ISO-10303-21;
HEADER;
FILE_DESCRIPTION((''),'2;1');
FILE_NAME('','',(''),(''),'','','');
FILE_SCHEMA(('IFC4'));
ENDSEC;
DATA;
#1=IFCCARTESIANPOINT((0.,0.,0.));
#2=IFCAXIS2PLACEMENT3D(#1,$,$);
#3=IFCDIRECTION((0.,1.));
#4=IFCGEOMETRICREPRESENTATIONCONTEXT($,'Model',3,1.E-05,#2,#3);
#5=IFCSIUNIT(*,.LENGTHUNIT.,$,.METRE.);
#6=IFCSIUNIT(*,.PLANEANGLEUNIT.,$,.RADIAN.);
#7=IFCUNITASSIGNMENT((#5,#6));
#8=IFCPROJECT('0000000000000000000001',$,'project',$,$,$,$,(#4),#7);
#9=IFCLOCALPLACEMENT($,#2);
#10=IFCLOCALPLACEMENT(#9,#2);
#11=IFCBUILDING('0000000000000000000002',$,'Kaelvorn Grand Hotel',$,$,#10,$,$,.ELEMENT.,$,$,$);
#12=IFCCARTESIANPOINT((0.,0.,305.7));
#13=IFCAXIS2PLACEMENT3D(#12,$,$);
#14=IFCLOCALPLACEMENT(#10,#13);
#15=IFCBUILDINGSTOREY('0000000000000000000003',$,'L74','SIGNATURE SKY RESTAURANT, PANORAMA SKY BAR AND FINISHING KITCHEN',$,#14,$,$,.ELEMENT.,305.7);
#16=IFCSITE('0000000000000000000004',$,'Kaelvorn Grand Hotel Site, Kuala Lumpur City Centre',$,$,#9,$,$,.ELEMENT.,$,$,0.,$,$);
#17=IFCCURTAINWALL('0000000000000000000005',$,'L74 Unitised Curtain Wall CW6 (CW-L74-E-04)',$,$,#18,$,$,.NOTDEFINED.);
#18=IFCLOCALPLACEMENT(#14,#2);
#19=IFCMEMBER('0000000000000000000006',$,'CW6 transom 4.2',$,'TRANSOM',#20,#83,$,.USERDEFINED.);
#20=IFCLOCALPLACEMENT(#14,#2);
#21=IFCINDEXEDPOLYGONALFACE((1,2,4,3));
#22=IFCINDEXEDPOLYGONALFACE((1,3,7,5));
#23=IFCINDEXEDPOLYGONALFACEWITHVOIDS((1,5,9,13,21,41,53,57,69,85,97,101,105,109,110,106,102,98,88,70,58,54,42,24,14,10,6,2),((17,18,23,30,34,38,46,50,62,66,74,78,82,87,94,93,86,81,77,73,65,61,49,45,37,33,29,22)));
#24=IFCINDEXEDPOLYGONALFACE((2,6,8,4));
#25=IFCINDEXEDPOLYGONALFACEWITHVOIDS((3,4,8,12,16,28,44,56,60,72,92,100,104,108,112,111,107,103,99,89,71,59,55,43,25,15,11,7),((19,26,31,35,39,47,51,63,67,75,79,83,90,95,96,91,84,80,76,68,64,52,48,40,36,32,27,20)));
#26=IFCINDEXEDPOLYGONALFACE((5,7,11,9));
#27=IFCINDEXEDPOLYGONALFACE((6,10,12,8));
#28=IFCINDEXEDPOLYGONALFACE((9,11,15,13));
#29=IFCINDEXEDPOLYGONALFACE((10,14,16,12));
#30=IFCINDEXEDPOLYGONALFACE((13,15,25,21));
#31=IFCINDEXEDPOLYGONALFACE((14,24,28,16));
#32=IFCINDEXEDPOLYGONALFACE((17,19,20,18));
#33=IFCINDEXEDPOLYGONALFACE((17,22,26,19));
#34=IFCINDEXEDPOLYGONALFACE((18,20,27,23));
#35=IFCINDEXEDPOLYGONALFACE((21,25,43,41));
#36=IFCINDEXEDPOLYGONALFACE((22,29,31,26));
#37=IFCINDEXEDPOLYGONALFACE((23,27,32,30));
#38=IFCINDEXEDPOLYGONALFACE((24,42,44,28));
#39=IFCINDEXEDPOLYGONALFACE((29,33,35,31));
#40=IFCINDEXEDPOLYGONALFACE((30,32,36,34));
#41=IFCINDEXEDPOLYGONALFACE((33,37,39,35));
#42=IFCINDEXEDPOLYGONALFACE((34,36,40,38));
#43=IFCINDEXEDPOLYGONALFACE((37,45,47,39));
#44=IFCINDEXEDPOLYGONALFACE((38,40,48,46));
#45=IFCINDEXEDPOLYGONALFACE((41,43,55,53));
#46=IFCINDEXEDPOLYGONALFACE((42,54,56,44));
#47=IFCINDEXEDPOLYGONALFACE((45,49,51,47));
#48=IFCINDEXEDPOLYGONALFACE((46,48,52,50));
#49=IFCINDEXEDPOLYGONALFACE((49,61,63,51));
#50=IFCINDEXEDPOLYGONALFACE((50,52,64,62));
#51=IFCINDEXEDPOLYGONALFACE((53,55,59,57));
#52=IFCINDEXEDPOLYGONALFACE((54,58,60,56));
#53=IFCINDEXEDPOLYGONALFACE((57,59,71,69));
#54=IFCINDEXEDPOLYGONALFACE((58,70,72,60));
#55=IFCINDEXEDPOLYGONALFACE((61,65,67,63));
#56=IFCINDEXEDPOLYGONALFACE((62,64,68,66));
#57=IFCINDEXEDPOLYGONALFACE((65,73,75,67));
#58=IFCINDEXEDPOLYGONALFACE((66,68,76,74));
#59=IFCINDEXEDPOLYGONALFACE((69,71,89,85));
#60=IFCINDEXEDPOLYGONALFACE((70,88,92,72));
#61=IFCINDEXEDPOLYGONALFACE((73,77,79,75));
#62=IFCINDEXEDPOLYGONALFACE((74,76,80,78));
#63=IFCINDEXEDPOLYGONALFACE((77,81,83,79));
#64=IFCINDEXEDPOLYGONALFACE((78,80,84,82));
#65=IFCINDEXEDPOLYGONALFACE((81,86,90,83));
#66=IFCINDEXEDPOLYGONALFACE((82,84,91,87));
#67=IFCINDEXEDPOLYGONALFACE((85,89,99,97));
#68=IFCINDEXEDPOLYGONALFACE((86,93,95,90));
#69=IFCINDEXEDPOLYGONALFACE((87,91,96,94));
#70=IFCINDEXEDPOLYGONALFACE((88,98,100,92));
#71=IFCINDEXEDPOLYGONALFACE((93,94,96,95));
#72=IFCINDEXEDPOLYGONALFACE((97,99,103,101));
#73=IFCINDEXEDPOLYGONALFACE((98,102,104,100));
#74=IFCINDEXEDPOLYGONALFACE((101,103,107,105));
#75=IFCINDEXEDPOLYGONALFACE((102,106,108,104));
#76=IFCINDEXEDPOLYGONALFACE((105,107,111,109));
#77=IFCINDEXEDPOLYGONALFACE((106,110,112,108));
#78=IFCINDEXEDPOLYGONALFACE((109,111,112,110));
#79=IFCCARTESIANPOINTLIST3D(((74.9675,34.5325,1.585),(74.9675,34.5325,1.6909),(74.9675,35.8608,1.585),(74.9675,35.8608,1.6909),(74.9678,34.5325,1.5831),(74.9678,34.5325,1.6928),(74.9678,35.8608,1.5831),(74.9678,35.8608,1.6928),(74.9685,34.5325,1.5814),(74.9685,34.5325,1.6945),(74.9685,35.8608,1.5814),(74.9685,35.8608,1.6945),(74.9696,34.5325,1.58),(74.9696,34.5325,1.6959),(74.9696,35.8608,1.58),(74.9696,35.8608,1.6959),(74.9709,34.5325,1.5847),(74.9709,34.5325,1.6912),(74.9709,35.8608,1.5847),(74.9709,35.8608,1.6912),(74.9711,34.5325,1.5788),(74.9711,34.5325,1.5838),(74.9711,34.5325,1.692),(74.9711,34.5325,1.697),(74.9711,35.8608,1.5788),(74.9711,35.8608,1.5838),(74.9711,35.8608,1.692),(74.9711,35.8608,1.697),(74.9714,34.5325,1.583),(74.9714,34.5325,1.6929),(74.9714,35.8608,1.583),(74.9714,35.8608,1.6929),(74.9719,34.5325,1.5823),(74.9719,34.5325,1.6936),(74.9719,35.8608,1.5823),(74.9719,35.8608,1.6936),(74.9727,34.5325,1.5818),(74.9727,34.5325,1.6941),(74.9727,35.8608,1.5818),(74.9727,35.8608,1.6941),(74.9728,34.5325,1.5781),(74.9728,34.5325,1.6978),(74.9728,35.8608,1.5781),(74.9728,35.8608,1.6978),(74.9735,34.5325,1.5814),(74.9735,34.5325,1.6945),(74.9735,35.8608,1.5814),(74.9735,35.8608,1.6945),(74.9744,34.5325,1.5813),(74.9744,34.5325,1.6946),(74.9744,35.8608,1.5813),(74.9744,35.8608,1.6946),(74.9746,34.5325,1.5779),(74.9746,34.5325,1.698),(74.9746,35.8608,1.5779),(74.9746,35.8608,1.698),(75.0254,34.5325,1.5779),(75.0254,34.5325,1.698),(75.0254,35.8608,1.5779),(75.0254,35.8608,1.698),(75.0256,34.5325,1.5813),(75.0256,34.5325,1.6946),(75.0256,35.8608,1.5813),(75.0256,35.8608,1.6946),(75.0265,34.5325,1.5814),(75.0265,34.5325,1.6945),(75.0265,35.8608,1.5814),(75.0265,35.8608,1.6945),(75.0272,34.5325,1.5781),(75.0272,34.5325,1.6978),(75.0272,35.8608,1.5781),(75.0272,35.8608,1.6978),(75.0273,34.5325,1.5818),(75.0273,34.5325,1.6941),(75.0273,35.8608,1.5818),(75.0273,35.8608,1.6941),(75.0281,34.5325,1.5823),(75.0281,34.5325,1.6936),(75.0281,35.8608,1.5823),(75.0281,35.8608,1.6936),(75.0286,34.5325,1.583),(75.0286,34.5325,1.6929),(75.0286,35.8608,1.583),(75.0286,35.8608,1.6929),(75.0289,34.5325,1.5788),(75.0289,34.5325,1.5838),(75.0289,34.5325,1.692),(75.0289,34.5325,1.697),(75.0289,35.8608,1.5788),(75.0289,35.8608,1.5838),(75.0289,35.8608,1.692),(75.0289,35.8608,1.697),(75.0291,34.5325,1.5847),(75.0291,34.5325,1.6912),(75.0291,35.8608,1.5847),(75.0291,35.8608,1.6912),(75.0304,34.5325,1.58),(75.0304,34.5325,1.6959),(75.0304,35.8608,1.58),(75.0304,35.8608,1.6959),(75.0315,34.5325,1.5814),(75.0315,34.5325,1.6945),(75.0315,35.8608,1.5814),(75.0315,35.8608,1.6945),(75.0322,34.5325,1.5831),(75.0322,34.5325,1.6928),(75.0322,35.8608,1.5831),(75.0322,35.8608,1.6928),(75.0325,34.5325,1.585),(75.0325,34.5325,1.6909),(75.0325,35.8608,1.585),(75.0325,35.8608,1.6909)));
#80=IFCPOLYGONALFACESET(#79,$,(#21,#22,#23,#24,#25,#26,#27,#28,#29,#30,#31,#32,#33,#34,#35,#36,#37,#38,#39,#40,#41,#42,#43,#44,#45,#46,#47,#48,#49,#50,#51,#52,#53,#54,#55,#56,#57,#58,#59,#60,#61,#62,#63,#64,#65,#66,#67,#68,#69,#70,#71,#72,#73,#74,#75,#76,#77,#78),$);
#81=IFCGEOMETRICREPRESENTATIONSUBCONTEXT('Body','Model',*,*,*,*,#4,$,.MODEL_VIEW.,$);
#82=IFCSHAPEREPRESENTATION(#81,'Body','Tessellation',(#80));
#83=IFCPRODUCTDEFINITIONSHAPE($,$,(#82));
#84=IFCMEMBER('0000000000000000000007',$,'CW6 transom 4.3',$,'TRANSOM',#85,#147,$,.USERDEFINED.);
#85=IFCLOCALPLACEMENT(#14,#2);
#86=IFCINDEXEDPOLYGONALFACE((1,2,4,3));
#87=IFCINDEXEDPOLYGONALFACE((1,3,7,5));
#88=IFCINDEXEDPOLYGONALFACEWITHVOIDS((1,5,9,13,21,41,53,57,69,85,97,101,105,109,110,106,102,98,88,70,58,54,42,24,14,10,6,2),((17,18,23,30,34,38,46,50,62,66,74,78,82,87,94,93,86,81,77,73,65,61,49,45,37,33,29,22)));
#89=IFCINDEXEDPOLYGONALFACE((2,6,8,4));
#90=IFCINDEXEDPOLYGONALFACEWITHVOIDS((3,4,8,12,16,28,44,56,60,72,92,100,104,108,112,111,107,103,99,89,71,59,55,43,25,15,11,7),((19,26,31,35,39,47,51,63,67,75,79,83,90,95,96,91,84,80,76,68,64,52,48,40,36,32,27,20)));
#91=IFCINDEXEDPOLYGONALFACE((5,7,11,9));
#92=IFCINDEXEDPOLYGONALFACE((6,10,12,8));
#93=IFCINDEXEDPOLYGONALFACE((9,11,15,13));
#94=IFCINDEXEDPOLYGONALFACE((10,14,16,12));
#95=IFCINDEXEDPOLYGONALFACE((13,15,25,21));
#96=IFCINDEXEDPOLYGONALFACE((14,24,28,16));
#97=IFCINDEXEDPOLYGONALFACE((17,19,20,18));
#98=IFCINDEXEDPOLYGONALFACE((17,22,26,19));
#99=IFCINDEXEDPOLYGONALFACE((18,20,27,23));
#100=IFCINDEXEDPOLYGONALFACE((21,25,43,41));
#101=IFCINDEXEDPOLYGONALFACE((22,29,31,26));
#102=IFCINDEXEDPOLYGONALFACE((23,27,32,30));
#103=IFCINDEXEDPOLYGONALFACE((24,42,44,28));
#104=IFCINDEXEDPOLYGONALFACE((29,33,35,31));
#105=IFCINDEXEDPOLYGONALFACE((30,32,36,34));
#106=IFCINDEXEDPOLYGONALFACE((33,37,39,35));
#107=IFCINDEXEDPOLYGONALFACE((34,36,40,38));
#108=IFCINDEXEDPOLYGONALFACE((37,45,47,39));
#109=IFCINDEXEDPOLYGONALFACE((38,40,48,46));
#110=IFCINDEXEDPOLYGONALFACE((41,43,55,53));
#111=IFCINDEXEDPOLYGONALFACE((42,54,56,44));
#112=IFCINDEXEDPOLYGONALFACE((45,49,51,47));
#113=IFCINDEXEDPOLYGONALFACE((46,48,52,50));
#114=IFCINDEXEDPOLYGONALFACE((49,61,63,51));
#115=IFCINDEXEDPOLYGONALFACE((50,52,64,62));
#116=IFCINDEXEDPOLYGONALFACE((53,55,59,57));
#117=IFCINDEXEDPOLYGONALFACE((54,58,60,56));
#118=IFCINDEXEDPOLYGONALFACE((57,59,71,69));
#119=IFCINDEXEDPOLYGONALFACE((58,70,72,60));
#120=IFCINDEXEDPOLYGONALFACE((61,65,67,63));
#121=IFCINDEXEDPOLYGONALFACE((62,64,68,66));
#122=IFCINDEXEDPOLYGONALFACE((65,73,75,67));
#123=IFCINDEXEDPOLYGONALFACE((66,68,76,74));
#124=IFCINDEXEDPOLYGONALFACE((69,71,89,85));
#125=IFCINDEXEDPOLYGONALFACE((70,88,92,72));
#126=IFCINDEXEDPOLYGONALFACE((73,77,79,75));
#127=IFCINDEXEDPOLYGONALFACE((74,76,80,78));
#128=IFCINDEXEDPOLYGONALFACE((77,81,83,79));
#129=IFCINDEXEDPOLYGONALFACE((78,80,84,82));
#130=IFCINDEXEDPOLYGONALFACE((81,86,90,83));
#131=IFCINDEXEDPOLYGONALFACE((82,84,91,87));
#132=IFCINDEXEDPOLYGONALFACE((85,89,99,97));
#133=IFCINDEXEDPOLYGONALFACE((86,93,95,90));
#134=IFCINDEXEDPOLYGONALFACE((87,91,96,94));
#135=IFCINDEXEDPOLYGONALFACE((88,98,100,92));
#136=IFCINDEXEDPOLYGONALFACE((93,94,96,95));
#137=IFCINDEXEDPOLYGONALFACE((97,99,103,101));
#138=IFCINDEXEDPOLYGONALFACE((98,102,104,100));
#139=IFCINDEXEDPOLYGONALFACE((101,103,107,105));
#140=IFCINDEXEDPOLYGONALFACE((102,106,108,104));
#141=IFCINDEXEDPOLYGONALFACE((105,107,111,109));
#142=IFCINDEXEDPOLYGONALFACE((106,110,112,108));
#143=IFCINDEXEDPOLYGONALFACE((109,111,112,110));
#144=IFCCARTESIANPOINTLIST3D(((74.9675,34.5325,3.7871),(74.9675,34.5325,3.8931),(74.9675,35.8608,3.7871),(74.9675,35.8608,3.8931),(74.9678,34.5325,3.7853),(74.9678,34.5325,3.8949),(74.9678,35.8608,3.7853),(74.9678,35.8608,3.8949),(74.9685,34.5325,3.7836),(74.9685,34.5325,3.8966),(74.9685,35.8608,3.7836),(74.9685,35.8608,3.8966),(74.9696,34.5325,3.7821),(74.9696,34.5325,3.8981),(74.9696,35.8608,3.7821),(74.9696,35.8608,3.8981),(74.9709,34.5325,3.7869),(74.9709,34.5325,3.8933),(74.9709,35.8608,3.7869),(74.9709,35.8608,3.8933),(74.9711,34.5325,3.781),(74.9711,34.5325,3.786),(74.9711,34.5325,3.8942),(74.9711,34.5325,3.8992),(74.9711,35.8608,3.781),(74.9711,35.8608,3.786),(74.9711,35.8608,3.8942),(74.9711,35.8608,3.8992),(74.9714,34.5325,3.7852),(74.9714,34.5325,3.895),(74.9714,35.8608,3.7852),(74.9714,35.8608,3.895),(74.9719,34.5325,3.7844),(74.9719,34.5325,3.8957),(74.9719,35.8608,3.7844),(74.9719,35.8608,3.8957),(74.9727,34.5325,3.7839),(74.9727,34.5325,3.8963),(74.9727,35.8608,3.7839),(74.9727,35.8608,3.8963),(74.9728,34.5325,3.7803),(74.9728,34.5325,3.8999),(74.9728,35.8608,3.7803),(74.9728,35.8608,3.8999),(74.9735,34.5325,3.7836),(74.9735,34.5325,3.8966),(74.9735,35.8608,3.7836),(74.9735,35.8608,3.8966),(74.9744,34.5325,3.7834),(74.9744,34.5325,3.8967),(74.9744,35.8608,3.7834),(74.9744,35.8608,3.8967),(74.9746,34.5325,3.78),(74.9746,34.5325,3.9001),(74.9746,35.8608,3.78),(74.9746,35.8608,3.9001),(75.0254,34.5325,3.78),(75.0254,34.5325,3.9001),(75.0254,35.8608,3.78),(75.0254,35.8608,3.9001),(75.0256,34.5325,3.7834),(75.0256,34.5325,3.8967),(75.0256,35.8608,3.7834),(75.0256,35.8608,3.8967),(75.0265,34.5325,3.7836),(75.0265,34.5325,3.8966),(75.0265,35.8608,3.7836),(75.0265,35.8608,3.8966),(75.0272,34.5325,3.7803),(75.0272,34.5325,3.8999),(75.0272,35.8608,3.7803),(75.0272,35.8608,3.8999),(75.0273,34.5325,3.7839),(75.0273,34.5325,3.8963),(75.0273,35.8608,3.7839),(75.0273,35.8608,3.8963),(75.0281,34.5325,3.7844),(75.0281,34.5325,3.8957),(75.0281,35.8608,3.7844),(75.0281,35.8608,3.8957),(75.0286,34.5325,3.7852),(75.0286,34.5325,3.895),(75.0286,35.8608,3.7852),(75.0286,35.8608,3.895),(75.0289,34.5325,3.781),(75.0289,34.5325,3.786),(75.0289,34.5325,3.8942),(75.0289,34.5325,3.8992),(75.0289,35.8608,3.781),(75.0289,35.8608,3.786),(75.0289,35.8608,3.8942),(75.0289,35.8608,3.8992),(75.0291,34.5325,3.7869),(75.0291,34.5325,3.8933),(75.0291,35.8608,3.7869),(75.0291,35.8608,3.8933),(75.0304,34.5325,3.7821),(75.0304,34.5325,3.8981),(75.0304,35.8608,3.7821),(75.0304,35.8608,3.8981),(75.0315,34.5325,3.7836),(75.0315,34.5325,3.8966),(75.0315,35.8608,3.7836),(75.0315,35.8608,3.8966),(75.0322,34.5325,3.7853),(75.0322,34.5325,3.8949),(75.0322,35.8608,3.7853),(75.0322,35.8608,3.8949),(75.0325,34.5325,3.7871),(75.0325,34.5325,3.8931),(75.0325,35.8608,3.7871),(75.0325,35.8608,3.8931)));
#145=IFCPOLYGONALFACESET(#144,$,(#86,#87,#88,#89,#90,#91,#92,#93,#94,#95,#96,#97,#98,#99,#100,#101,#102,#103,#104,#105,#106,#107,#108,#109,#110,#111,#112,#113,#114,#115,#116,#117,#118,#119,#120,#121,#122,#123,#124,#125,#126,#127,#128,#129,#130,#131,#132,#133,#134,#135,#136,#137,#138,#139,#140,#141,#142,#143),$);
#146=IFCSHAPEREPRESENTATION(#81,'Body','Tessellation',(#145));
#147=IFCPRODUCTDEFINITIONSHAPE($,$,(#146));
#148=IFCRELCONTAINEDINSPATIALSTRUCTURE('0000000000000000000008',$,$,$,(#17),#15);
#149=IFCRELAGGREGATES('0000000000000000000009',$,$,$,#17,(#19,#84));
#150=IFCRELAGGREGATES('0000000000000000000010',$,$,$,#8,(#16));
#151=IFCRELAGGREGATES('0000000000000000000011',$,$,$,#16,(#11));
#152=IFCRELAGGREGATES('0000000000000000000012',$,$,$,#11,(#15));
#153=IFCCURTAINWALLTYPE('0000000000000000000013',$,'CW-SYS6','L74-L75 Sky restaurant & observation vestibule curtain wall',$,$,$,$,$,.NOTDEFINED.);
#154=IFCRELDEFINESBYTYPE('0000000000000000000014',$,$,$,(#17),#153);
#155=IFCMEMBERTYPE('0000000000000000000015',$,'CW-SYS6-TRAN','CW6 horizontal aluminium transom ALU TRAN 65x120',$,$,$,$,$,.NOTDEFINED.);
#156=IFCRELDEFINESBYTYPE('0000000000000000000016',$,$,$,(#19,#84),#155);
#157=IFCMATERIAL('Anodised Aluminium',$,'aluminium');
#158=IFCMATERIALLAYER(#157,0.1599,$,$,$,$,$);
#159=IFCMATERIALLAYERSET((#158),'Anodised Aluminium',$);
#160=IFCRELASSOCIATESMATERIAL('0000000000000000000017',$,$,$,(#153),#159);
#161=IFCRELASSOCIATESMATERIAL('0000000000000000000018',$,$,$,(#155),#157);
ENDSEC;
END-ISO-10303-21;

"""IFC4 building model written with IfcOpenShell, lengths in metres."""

from ifc_helpers import new_model, si_unit, direction, frame, origin, origin_2d, place, context, subcontext, project, spatial, hollow_rectangle, extrude, material, layer, layer_set, material_profile, profile_set, type_object, element, aggregate, save


model = new_model("IFC4")

# Units and contexts
model_context = context("Model", 3, precision=1e-05, world=origin(), true_north=direction((0.0, 1.0)))
body_context = subcontext(model_context, "Body", "Model", "MODEL_VIEW")
ifc_project = project(units=[si_unit("LENGTHUNIT", "METRE"), si_unit("PLANEANGLEUNIT", "RADIAN")], contexts=[model_context])

# Site, building, storey
site_placement = place(None, origin())
site = spatial("IfcSite", under=ifc_project, at=site_placement, Name="Kaelvorn Grand Hotel Site, Kuala Lumpur City Centre", CompositionType="ELEMENT", RefElevation=0.0)
building_placement = place(site_placement, origin())
building = spatial("IfcBuilding", under=site, at=building_placement, Name="Kaelvorn Grand Hotel", CompositionType="ELEMENT")
storey_placement = place(building_placement, frame((0.0, 0.0, 305.7)))
storey = spatial("IfcBuildingStorey", under=building, at=storey_placement, Name="L74", Description="SIGNATURE SKY RESTAURANT, PANORAMA SKY BAR AND FINISHING KITCHEN", CompositionType="ELEMENT", Elevation=305.7)

# Curtain wall
ifc_material_1 = material(Name="Anodised Aluminium", Category="aluminium")
ifc_layer_1 = layer(ifc_material_1, 0.1599)
ifc_layer_set_1 = layer_set([ifc_layer_1], Name="Anodised Aluminium")
curtain_wall_type = type_object("IfcCurtainWallType", Name="CW-SYS6", Description="L74-L75 Sky restaurant & observation vestibule curtain wall", PredefinedType="NOTDEFINED", material=ifc_layer_set_1)
curtain_wall_1_placement = place(storey_placement, origin())
curtain_wall_1 = element("IfcCurtainWall", 1, at=curtain_wall_1_placement, inside=storey, type_object=curtain_wall_type, Name="L74 Unitised Curtain Wall CW6 (CW-L74-E-04)", PredefinedType="NOTDEFINED")

# Members
ifc_material_profile_1 = material_profile(ifc_material_1, hollow_rectangle(XDim=0.0649, YDim=0.1201, WallThickness=0.0034, InnerFilletRadius=0.0034, OuterFilletRadius=0.0071, at=origin_2d()), Name="ALU TRAN 65x120")
ifc_profile_set_1 = profile_set([ifc_material_profile_1], Name="Anodised Aluminium")
member_type_1 = type_object("IfcMemberType", Name="CW-SYS6-TRAN", Description="CW6 horizontal aluminium transom ALU TRAN 65x120", PredefinedType="NOTDEFINED", material=ifc_profile_set_1)
member_1_placement = place(storey_placement, frame((75.0, 34.5325, 1.6379), z_axis=(0.0, 1.0, 0.0), x_axis=(-1.0, 0.0, 0.0)))
member_1 = element("IfcMember", 2, at=member_1_placement, type_object=member_type_1, Name="CW6 transom 4.2", ObjectType="TRANSOM", PredefinedType="USERDEFINED", context=body_context, shape_type="SweptSolid", body=[
    extrude(hollow_rectangle(XDim=0.0649, YDim=0.1201, WallThickness=0.0034, InnerFilletRadius=0.0034, OuterFilletRadius=0.0071, at=origin_2d()), origin(), (0.0, 0.0, 1.0), 1.3284),
])
member_2_placement = place(storey_placement, frame((75.0, 34.5325, 3.8401), z_axis=(0.0, 1.0, 0.0), x_axis=(-1.0, 0.0, 0.0)))
member_2 = element("IfcMember", 3, at=member_2_placement, type_object=member_type_1, Name="CW6 transom 4.3", ObjectType="TRANSOM", PredefinedType="USERDEFINED", context=body_context, shape_type="SweptSolid", body=[
    extrude(hollow_rectangle(XDim=0.0649, YDim=0.1201, WallThickness=0.0034, InnerFilletRadius=0.0034, OuterFilletRadius=0.0071, at=origin_2d()), origin(), (0.0, 0.0, 1.0), 1.3284),
])

aggregate(curtain_wall_1, [member_1, member_2])

save(model, "model.ifc")
